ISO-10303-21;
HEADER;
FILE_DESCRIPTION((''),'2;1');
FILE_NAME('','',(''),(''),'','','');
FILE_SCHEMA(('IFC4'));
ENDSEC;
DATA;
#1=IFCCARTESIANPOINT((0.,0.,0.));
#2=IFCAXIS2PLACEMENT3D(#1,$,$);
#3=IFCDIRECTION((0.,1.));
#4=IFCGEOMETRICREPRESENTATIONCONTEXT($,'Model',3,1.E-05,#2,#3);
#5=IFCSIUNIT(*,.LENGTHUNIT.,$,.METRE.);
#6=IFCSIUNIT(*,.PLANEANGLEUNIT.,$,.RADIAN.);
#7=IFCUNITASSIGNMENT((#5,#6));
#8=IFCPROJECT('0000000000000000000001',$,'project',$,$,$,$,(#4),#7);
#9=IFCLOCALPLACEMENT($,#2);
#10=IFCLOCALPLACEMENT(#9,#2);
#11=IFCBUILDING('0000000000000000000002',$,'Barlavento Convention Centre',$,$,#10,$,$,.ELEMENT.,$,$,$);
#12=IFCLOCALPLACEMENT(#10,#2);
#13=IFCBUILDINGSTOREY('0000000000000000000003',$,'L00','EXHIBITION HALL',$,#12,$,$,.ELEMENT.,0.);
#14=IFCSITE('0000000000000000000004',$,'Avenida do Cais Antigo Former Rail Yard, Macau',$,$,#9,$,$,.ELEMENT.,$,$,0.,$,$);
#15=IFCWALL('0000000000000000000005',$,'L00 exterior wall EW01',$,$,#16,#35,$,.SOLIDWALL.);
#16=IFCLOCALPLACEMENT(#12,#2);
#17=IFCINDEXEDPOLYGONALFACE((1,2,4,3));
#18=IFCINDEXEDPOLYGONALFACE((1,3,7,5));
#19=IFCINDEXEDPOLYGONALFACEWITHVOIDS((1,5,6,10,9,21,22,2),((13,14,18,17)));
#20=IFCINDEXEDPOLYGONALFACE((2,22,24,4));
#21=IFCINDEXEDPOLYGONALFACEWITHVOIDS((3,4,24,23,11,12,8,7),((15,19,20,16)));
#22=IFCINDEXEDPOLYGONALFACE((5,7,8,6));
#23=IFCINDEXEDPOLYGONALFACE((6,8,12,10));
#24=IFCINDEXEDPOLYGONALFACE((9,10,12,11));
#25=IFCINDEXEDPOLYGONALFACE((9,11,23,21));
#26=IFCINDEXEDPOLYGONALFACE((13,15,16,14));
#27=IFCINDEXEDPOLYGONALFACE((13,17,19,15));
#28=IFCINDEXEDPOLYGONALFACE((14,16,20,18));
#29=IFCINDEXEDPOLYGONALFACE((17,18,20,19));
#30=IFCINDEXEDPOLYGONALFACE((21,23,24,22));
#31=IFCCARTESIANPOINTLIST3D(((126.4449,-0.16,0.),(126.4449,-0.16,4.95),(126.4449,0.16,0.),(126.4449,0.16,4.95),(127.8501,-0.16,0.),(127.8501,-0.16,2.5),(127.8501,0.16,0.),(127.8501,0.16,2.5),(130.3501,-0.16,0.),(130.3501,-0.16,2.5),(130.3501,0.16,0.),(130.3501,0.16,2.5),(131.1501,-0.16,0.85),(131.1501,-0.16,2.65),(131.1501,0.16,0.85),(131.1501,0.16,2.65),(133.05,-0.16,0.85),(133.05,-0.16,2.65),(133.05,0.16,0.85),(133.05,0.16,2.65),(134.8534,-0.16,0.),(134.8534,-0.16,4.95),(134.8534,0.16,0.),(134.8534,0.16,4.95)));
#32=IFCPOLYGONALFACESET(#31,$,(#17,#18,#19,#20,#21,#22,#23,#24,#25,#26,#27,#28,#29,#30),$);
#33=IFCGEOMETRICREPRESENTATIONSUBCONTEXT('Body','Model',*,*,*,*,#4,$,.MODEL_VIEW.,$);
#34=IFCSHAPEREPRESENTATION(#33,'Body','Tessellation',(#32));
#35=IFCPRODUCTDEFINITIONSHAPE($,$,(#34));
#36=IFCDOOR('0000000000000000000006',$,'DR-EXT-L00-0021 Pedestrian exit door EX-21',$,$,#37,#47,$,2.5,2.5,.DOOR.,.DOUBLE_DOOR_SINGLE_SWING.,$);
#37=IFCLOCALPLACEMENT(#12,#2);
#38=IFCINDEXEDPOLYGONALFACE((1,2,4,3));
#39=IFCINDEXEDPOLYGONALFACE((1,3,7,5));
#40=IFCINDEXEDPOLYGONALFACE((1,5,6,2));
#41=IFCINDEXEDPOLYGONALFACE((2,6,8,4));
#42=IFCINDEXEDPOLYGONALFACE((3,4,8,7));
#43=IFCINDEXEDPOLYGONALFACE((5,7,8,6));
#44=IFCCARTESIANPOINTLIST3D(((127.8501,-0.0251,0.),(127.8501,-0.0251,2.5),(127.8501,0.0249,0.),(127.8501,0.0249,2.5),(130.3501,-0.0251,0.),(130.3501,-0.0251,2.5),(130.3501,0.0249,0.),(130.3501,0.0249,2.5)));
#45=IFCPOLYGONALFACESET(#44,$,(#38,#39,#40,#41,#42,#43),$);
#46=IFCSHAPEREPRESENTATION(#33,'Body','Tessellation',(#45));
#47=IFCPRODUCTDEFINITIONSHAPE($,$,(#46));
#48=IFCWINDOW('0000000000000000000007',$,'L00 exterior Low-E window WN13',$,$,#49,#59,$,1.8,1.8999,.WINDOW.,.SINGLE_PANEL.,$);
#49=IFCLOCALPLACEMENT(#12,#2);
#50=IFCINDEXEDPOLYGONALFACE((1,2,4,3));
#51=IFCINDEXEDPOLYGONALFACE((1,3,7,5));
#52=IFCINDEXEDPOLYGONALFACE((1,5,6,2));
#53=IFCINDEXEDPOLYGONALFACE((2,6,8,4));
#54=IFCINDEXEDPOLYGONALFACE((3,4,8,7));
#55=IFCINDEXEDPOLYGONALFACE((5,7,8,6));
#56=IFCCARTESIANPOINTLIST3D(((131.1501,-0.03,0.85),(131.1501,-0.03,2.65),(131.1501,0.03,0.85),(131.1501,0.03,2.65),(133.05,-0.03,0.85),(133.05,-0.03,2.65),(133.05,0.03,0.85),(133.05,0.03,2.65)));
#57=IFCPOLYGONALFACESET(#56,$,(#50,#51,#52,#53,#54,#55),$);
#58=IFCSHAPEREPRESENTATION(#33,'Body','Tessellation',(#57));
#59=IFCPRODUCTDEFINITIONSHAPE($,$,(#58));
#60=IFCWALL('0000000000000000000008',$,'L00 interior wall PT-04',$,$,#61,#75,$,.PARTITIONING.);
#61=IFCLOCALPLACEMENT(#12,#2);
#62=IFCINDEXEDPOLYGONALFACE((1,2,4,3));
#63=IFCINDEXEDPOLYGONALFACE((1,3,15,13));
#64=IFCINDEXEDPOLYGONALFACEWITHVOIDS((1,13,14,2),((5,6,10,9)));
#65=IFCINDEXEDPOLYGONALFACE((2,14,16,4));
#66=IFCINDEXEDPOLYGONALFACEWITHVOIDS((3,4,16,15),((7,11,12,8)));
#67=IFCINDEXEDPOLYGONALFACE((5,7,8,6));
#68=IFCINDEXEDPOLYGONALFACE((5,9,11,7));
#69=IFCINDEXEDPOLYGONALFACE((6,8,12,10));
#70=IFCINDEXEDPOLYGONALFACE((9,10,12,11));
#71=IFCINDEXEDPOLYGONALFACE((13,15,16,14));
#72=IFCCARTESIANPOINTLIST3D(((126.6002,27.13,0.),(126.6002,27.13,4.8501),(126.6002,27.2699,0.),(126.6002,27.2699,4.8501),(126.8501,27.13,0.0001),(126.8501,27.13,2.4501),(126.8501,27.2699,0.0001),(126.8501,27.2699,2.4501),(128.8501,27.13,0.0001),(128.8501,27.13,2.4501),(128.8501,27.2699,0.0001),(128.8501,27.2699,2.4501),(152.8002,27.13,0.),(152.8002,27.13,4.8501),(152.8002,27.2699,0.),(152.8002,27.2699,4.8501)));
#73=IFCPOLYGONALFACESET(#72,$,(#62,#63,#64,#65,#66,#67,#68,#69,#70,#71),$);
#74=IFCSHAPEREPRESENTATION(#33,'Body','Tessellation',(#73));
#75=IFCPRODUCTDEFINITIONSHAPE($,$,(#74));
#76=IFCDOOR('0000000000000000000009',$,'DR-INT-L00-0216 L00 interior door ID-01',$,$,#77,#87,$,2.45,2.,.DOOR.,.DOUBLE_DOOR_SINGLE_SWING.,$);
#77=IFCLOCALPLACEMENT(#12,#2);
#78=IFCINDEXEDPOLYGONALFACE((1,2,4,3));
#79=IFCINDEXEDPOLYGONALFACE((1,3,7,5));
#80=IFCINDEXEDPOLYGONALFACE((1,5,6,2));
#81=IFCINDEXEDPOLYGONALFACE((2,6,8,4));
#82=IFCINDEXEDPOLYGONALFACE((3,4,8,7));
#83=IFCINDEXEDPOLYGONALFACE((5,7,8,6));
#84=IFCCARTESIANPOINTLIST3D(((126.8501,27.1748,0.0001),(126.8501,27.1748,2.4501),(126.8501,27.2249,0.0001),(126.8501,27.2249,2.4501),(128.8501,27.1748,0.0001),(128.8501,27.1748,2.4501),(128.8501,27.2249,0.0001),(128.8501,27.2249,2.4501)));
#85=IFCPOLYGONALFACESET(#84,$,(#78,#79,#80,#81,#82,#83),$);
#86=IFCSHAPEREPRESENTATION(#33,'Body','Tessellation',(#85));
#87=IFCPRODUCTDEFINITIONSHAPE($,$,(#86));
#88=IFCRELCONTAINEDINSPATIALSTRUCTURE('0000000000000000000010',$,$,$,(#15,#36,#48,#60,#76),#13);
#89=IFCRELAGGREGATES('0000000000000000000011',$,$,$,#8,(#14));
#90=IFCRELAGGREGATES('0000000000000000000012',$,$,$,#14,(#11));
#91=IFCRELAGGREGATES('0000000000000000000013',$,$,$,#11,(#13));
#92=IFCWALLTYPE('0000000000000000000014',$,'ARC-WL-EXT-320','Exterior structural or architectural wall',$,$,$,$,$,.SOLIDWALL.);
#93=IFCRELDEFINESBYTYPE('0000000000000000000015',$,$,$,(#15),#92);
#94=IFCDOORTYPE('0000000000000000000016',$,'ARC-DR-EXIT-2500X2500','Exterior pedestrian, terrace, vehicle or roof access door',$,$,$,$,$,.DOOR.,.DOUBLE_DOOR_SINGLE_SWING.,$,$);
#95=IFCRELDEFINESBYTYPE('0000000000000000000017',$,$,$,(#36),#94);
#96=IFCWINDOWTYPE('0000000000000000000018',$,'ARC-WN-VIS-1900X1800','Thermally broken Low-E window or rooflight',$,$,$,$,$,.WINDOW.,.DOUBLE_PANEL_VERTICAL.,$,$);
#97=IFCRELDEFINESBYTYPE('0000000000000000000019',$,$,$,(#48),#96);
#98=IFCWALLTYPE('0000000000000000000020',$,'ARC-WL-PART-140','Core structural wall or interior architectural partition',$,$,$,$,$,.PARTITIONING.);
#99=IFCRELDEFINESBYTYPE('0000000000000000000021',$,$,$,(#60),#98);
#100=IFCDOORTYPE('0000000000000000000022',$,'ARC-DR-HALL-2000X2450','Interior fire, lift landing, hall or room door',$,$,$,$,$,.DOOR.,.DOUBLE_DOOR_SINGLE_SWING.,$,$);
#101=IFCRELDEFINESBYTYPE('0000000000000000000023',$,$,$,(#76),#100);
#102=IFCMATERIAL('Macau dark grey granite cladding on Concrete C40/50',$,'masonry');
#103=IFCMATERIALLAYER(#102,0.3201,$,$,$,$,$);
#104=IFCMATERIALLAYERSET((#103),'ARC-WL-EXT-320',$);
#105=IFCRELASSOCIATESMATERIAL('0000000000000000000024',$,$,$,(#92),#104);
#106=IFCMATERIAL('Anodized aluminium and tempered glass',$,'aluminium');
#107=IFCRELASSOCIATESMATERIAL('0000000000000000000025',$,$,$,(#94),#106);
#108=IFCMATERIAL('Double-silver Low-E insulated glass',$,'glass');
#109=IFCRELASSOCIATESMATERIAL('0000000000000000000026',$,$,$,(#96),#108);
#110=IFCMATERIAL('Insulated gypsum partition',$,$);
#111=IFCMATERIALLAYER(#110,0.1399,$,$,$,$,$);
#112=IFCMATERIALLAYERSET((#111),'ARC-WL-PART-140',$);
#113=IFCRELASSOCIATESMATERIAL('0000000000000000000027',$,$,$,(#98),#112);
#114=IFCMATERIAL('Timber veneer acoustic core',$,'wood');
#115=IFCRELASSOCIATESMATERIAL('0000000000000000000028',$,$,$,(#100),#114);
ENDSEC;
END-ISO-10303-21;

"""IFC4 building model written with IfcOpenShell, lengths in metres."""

from ifc_helpers import new_model, si_unit, direction, frame, frame_2d, origin, place, context, subcontext, project, spatial, rectangle, extrude, material, layer, layer_set, type_object, element, fill, save


model = new_model("IFC4")

# Units and contexts
model_context = context("Model", 3, precision=1e-05, world=origin(), true_north=direction((0.0, 1.0)))
body_context = subcontext(model_context, "Body", "Model", "MODEL_VIEW")
ifc_project = project(units=[si_unit("LENGTHUNIT", "METRE"), si_unit("PLANEANGLEUNIT", "RADIAN")], contexts=[model_context])

# Site, building, storey
site_placement = place(None, origin())
site = spatial("IfcSite", under=ifc_project, at=site_placement, Name="Avenida do Cais Antigo Former Rail Yard, Macau", CompositionType="ELEMENT", RefElevation=0.0)
building_placement = place(site_placement, origin())
building = spatial("IfcBuilding", under=site, at=building_placement, Name="Barlavento Convention Centre", CompositionType="ELEMENT")
storey_placement = place(building_placement, origin())
storey = spatial("IfcBuildingStorey", under=building, at=storey_placement, Name="L00", Description="EXHIBITION HALL", CompositionType="ELEMENT", Elevation=0.0)

# Shared definitions
ifc_material_1 = material(Name="Macau dark grey granite cladding on Concrete C40/50", Category="masonry")
ifc_layer_1 = layer(ifc_material_1, 0.3201)
ifc_layer_set_1 = layer_set([ifc_layer_1], Name="ARC-WL-EXT-320")
wall_type_1 = type_object("IfcWallType", Name="ARC-WL-EXT-320", Description="Exterior structural or architectural wall", PredefinedType="SOLIDWALL", material=ifc_layer_set_1)
ifc_material_2 = material(Name="Double-silver Low-E insulated glass", Category="glass")

# Wall, openings, door, window
wall_1_placement = place(storey_placement, frame((126.4451, 0.0, 0.0), z_axis=(0.0, 0.0, 1.0), x_axis=(1.0, 0.0, 0.0)))
wall_1 = element("IfcWall", 1, at=wall_1_placement, inside=storey, type_object=wall_type_1, Name="L00 exterior wall EW01", PredefinedType="SOLIDWALL", context=body_context, shape_type="SweptSolid", body=[
    extrude(rectangle(XDim=8.4084, YDim=0.3201, at=frame_2d((4.2041, 0.0))), origin(), (0.0, 0.0, 1.0), 4.95),
])
opening_1_placement = place(wall_1_placement, frame((1.405, 0.0, 0.0)))
opening_1 = element("IfcOpeningElement", 2, at=opening_1_placement, cuts=wall_1, PredefinedType="OPENING", context=body_context, shape_type="SweptSolid", body=[
    extrude(rectangle(XDim=2.5, YDim=2.5, at=frame_2d((1.25, 1.25))), frame((0.0, 0.1699, 0.0), z_axis=(0.0, -1.0, 0.0), x_axis=(1.0, 0.0, 0.0)), (0.0, 0.0, 1.0), 0.3401),
])
opening_2_placement = place(wall_1_placement, frame((4.7051, 0.0, 0.8501)))
opening_2 = element("IfcOpeningElement", 3, at=opening_2_placement, cuts=wall_1, PredefinedType="OPENING", context=body_context, shape_type="SweptSolid", body=[
    extrude(rectangle(XDim=1.8999, YDim=1.8, at=frame_2d((0.95, 0.8999))), frame((0.0, 0.1699, 0.0), z_axis=(0.0, -1.0, 0.0), x_axis=(1.0, 0.0, 0.0)), (0.0, 0.0, 1.0), 0.3401),
])
ifc_material_3 = material(Name="Anodized aluminium and tempered glass", Category="aluminium")
door_type_1 = type_object("IfcDoorType", Name="ARC-DR-EXIT-2500X2500", Description="Exterior pedestrian, terrace, vehicle or roof access door", OperationType="DOUBLE_DOOR_SINGLE_SWING", PredefinedType="DOOR", material=ifc_material_3)
door_1_placement = place(opening_1_placement, origin())
door_1 = element("IfcDoor", 4, at=door_1_placement, inside=storey, type_object=door_type_1, Name="DR-EXT-L00-0021 Pedestrian exit door EX-21", OperationType="DOUBLE_DOOR_SINGLE_SWING", OverallHeight=2.5, OverallWidth=2.5, PredefinedType="DOOR", context=body_context, shape_type="SweptSolid", body=[
    extrude(rectangle(XDim=2.5, YDim=2.5, at=frame_2d((1.25, 1.25))), frame((0.0, 0.0249, 0.0), z_axis=(0.0, -1.0, 0.0), x_axis=(1.0, 0.0, 0.0)), (0.0, 0.0, 1.0), 0.05),
])
fill(opening_1, door_1)
window_type_1 = type_object("IfcWindowType", Name="ARC-WN-VIS-1900X1800", Description="Thermally broken Low-E window or rooflight", PartitioningType="DOUBLE_PANEL_VERTICAL", PredefinedType="WINDOW", material=ifc_material_2)
window_1_placement = place(opening_2_placement, origin())
window_1 = element("IfcWindow", 5, at=window_1_placement, inside=storey, type_object=window_type_1, Name="L00 exterior Low-E window WN13", OverallHeight=1.8, OverallWidth=1.8999, PartitioningType="SINGLE_PANEL", PredefinedType="WINDOW", context=body_context, shape_type="SweptSolid", body=[
    extrude(rectangle(XDim=1.8999, YDim=1.8, at=frame_2d((0.95, 0.8999))), frame((0.0, 0.03, 0.0), z_axis=(0.0, -1.0, 0.0), x_axis=(1.0, 0.0, 0.0)), (0.0, 0.0, 1.0), 0.0601),
])
fill(opening_2, window_1)

# Wall, opening, door
ifc_material_4 = material(Name="Insulated gypsum partition")
ifc_layer_2 = layer(ifc_material_4, 0.1399)
ifc_layer_set_2 = layer_set([ifc_layer_2], Name="ARC-WL-PART-140")
wall_type_2 = type_object("IfcWallType", Name="ARC-WL-PART-140", Description="Core structural wall or interior architectural partition", PredefinedType="PARTITIONING", material=ifc_layer_set_2)
wall_2_placement = place(storey_placement, frame((126.6001, 27.2, 0.0), z_axis=(0.0, 0.0, 1.0), x_axis=(1.0, 0.0, 0.0)))
wall_2 = element("IfcWall", 6, at=wall_2_placement, inside=storey, type_object=wall_type_2, Name="L00 interior wall PT-04", PredefinedType="PARTITIONING", context=body_context, shape_type="SweptSolid", body=[
    extrude(rectangle(XDim=26.2, YDim=0.1399, at=frame_2d((13.1001, 0.0))), origin(), (0.0, 0.0, 1.0), 4.8501),
])
opening_3_placement = place(wall_2_placement, frame((0.25, 0.0, 0.0)))
opening_3 = element("IfcOpeningElement", 7, at=opening_3_placement, cuts=wall_2, PredefinedType="OPENING", context=body_context, shape_type="SweptSolid", body=[
    extrude(rectangle(XDim=2.0, YDim=2.45, at=frame_2d((1.0, 1.2251))), frame((0.0, 0.0798, 0.0), z_axis=(0.0, -1.0, 0.0), x_axis=(1.0, 0.0, 0.0)), (0.0, 0.0, 1.0), 0.1599),
])
ifc_material_5 = material(Name="Timber veneer acoustic core", Category="wood")
door_type_2 = type_object("IfcDoorType", Name="ARC-DR-HALL-2000X2450", Description="Interior fire, lift landing, hall or room door", OperationType="DOUBLE_DOOR_SINGLE_SWING", PredefinedType="DOOR", material=ifc_material_5)
door_2_placement = place(opening_3_placement, origin())
door_2 = element("IfcDoor", 8, at=door_2_placement, inside=storey, type_object=door_type_2, Name="DR-INT-L00-0216 L00 interior door ID-01", OperationType="DOUBLE_DOOR_SINGLE_SWING", OverallHeight=2.45, OverallWidth=2.0, PredefinedType="DOOR", context=body_context, shape_type="SweptSolid", body=[
    extrude(rectangle(XDim=2.0, YDim=2.45, at=frame_2d((1.0, 1.2251))), frame((0.0, 0.0249, 0.0), z_axis=(0.0, -1.0, 0.0), x_axis=(1.0, 0.0, 0.0)), (0.0, 0.0, 1.0), 0.05),
])
fill(opening_3, door_2)

save(model, "model.ifc")
